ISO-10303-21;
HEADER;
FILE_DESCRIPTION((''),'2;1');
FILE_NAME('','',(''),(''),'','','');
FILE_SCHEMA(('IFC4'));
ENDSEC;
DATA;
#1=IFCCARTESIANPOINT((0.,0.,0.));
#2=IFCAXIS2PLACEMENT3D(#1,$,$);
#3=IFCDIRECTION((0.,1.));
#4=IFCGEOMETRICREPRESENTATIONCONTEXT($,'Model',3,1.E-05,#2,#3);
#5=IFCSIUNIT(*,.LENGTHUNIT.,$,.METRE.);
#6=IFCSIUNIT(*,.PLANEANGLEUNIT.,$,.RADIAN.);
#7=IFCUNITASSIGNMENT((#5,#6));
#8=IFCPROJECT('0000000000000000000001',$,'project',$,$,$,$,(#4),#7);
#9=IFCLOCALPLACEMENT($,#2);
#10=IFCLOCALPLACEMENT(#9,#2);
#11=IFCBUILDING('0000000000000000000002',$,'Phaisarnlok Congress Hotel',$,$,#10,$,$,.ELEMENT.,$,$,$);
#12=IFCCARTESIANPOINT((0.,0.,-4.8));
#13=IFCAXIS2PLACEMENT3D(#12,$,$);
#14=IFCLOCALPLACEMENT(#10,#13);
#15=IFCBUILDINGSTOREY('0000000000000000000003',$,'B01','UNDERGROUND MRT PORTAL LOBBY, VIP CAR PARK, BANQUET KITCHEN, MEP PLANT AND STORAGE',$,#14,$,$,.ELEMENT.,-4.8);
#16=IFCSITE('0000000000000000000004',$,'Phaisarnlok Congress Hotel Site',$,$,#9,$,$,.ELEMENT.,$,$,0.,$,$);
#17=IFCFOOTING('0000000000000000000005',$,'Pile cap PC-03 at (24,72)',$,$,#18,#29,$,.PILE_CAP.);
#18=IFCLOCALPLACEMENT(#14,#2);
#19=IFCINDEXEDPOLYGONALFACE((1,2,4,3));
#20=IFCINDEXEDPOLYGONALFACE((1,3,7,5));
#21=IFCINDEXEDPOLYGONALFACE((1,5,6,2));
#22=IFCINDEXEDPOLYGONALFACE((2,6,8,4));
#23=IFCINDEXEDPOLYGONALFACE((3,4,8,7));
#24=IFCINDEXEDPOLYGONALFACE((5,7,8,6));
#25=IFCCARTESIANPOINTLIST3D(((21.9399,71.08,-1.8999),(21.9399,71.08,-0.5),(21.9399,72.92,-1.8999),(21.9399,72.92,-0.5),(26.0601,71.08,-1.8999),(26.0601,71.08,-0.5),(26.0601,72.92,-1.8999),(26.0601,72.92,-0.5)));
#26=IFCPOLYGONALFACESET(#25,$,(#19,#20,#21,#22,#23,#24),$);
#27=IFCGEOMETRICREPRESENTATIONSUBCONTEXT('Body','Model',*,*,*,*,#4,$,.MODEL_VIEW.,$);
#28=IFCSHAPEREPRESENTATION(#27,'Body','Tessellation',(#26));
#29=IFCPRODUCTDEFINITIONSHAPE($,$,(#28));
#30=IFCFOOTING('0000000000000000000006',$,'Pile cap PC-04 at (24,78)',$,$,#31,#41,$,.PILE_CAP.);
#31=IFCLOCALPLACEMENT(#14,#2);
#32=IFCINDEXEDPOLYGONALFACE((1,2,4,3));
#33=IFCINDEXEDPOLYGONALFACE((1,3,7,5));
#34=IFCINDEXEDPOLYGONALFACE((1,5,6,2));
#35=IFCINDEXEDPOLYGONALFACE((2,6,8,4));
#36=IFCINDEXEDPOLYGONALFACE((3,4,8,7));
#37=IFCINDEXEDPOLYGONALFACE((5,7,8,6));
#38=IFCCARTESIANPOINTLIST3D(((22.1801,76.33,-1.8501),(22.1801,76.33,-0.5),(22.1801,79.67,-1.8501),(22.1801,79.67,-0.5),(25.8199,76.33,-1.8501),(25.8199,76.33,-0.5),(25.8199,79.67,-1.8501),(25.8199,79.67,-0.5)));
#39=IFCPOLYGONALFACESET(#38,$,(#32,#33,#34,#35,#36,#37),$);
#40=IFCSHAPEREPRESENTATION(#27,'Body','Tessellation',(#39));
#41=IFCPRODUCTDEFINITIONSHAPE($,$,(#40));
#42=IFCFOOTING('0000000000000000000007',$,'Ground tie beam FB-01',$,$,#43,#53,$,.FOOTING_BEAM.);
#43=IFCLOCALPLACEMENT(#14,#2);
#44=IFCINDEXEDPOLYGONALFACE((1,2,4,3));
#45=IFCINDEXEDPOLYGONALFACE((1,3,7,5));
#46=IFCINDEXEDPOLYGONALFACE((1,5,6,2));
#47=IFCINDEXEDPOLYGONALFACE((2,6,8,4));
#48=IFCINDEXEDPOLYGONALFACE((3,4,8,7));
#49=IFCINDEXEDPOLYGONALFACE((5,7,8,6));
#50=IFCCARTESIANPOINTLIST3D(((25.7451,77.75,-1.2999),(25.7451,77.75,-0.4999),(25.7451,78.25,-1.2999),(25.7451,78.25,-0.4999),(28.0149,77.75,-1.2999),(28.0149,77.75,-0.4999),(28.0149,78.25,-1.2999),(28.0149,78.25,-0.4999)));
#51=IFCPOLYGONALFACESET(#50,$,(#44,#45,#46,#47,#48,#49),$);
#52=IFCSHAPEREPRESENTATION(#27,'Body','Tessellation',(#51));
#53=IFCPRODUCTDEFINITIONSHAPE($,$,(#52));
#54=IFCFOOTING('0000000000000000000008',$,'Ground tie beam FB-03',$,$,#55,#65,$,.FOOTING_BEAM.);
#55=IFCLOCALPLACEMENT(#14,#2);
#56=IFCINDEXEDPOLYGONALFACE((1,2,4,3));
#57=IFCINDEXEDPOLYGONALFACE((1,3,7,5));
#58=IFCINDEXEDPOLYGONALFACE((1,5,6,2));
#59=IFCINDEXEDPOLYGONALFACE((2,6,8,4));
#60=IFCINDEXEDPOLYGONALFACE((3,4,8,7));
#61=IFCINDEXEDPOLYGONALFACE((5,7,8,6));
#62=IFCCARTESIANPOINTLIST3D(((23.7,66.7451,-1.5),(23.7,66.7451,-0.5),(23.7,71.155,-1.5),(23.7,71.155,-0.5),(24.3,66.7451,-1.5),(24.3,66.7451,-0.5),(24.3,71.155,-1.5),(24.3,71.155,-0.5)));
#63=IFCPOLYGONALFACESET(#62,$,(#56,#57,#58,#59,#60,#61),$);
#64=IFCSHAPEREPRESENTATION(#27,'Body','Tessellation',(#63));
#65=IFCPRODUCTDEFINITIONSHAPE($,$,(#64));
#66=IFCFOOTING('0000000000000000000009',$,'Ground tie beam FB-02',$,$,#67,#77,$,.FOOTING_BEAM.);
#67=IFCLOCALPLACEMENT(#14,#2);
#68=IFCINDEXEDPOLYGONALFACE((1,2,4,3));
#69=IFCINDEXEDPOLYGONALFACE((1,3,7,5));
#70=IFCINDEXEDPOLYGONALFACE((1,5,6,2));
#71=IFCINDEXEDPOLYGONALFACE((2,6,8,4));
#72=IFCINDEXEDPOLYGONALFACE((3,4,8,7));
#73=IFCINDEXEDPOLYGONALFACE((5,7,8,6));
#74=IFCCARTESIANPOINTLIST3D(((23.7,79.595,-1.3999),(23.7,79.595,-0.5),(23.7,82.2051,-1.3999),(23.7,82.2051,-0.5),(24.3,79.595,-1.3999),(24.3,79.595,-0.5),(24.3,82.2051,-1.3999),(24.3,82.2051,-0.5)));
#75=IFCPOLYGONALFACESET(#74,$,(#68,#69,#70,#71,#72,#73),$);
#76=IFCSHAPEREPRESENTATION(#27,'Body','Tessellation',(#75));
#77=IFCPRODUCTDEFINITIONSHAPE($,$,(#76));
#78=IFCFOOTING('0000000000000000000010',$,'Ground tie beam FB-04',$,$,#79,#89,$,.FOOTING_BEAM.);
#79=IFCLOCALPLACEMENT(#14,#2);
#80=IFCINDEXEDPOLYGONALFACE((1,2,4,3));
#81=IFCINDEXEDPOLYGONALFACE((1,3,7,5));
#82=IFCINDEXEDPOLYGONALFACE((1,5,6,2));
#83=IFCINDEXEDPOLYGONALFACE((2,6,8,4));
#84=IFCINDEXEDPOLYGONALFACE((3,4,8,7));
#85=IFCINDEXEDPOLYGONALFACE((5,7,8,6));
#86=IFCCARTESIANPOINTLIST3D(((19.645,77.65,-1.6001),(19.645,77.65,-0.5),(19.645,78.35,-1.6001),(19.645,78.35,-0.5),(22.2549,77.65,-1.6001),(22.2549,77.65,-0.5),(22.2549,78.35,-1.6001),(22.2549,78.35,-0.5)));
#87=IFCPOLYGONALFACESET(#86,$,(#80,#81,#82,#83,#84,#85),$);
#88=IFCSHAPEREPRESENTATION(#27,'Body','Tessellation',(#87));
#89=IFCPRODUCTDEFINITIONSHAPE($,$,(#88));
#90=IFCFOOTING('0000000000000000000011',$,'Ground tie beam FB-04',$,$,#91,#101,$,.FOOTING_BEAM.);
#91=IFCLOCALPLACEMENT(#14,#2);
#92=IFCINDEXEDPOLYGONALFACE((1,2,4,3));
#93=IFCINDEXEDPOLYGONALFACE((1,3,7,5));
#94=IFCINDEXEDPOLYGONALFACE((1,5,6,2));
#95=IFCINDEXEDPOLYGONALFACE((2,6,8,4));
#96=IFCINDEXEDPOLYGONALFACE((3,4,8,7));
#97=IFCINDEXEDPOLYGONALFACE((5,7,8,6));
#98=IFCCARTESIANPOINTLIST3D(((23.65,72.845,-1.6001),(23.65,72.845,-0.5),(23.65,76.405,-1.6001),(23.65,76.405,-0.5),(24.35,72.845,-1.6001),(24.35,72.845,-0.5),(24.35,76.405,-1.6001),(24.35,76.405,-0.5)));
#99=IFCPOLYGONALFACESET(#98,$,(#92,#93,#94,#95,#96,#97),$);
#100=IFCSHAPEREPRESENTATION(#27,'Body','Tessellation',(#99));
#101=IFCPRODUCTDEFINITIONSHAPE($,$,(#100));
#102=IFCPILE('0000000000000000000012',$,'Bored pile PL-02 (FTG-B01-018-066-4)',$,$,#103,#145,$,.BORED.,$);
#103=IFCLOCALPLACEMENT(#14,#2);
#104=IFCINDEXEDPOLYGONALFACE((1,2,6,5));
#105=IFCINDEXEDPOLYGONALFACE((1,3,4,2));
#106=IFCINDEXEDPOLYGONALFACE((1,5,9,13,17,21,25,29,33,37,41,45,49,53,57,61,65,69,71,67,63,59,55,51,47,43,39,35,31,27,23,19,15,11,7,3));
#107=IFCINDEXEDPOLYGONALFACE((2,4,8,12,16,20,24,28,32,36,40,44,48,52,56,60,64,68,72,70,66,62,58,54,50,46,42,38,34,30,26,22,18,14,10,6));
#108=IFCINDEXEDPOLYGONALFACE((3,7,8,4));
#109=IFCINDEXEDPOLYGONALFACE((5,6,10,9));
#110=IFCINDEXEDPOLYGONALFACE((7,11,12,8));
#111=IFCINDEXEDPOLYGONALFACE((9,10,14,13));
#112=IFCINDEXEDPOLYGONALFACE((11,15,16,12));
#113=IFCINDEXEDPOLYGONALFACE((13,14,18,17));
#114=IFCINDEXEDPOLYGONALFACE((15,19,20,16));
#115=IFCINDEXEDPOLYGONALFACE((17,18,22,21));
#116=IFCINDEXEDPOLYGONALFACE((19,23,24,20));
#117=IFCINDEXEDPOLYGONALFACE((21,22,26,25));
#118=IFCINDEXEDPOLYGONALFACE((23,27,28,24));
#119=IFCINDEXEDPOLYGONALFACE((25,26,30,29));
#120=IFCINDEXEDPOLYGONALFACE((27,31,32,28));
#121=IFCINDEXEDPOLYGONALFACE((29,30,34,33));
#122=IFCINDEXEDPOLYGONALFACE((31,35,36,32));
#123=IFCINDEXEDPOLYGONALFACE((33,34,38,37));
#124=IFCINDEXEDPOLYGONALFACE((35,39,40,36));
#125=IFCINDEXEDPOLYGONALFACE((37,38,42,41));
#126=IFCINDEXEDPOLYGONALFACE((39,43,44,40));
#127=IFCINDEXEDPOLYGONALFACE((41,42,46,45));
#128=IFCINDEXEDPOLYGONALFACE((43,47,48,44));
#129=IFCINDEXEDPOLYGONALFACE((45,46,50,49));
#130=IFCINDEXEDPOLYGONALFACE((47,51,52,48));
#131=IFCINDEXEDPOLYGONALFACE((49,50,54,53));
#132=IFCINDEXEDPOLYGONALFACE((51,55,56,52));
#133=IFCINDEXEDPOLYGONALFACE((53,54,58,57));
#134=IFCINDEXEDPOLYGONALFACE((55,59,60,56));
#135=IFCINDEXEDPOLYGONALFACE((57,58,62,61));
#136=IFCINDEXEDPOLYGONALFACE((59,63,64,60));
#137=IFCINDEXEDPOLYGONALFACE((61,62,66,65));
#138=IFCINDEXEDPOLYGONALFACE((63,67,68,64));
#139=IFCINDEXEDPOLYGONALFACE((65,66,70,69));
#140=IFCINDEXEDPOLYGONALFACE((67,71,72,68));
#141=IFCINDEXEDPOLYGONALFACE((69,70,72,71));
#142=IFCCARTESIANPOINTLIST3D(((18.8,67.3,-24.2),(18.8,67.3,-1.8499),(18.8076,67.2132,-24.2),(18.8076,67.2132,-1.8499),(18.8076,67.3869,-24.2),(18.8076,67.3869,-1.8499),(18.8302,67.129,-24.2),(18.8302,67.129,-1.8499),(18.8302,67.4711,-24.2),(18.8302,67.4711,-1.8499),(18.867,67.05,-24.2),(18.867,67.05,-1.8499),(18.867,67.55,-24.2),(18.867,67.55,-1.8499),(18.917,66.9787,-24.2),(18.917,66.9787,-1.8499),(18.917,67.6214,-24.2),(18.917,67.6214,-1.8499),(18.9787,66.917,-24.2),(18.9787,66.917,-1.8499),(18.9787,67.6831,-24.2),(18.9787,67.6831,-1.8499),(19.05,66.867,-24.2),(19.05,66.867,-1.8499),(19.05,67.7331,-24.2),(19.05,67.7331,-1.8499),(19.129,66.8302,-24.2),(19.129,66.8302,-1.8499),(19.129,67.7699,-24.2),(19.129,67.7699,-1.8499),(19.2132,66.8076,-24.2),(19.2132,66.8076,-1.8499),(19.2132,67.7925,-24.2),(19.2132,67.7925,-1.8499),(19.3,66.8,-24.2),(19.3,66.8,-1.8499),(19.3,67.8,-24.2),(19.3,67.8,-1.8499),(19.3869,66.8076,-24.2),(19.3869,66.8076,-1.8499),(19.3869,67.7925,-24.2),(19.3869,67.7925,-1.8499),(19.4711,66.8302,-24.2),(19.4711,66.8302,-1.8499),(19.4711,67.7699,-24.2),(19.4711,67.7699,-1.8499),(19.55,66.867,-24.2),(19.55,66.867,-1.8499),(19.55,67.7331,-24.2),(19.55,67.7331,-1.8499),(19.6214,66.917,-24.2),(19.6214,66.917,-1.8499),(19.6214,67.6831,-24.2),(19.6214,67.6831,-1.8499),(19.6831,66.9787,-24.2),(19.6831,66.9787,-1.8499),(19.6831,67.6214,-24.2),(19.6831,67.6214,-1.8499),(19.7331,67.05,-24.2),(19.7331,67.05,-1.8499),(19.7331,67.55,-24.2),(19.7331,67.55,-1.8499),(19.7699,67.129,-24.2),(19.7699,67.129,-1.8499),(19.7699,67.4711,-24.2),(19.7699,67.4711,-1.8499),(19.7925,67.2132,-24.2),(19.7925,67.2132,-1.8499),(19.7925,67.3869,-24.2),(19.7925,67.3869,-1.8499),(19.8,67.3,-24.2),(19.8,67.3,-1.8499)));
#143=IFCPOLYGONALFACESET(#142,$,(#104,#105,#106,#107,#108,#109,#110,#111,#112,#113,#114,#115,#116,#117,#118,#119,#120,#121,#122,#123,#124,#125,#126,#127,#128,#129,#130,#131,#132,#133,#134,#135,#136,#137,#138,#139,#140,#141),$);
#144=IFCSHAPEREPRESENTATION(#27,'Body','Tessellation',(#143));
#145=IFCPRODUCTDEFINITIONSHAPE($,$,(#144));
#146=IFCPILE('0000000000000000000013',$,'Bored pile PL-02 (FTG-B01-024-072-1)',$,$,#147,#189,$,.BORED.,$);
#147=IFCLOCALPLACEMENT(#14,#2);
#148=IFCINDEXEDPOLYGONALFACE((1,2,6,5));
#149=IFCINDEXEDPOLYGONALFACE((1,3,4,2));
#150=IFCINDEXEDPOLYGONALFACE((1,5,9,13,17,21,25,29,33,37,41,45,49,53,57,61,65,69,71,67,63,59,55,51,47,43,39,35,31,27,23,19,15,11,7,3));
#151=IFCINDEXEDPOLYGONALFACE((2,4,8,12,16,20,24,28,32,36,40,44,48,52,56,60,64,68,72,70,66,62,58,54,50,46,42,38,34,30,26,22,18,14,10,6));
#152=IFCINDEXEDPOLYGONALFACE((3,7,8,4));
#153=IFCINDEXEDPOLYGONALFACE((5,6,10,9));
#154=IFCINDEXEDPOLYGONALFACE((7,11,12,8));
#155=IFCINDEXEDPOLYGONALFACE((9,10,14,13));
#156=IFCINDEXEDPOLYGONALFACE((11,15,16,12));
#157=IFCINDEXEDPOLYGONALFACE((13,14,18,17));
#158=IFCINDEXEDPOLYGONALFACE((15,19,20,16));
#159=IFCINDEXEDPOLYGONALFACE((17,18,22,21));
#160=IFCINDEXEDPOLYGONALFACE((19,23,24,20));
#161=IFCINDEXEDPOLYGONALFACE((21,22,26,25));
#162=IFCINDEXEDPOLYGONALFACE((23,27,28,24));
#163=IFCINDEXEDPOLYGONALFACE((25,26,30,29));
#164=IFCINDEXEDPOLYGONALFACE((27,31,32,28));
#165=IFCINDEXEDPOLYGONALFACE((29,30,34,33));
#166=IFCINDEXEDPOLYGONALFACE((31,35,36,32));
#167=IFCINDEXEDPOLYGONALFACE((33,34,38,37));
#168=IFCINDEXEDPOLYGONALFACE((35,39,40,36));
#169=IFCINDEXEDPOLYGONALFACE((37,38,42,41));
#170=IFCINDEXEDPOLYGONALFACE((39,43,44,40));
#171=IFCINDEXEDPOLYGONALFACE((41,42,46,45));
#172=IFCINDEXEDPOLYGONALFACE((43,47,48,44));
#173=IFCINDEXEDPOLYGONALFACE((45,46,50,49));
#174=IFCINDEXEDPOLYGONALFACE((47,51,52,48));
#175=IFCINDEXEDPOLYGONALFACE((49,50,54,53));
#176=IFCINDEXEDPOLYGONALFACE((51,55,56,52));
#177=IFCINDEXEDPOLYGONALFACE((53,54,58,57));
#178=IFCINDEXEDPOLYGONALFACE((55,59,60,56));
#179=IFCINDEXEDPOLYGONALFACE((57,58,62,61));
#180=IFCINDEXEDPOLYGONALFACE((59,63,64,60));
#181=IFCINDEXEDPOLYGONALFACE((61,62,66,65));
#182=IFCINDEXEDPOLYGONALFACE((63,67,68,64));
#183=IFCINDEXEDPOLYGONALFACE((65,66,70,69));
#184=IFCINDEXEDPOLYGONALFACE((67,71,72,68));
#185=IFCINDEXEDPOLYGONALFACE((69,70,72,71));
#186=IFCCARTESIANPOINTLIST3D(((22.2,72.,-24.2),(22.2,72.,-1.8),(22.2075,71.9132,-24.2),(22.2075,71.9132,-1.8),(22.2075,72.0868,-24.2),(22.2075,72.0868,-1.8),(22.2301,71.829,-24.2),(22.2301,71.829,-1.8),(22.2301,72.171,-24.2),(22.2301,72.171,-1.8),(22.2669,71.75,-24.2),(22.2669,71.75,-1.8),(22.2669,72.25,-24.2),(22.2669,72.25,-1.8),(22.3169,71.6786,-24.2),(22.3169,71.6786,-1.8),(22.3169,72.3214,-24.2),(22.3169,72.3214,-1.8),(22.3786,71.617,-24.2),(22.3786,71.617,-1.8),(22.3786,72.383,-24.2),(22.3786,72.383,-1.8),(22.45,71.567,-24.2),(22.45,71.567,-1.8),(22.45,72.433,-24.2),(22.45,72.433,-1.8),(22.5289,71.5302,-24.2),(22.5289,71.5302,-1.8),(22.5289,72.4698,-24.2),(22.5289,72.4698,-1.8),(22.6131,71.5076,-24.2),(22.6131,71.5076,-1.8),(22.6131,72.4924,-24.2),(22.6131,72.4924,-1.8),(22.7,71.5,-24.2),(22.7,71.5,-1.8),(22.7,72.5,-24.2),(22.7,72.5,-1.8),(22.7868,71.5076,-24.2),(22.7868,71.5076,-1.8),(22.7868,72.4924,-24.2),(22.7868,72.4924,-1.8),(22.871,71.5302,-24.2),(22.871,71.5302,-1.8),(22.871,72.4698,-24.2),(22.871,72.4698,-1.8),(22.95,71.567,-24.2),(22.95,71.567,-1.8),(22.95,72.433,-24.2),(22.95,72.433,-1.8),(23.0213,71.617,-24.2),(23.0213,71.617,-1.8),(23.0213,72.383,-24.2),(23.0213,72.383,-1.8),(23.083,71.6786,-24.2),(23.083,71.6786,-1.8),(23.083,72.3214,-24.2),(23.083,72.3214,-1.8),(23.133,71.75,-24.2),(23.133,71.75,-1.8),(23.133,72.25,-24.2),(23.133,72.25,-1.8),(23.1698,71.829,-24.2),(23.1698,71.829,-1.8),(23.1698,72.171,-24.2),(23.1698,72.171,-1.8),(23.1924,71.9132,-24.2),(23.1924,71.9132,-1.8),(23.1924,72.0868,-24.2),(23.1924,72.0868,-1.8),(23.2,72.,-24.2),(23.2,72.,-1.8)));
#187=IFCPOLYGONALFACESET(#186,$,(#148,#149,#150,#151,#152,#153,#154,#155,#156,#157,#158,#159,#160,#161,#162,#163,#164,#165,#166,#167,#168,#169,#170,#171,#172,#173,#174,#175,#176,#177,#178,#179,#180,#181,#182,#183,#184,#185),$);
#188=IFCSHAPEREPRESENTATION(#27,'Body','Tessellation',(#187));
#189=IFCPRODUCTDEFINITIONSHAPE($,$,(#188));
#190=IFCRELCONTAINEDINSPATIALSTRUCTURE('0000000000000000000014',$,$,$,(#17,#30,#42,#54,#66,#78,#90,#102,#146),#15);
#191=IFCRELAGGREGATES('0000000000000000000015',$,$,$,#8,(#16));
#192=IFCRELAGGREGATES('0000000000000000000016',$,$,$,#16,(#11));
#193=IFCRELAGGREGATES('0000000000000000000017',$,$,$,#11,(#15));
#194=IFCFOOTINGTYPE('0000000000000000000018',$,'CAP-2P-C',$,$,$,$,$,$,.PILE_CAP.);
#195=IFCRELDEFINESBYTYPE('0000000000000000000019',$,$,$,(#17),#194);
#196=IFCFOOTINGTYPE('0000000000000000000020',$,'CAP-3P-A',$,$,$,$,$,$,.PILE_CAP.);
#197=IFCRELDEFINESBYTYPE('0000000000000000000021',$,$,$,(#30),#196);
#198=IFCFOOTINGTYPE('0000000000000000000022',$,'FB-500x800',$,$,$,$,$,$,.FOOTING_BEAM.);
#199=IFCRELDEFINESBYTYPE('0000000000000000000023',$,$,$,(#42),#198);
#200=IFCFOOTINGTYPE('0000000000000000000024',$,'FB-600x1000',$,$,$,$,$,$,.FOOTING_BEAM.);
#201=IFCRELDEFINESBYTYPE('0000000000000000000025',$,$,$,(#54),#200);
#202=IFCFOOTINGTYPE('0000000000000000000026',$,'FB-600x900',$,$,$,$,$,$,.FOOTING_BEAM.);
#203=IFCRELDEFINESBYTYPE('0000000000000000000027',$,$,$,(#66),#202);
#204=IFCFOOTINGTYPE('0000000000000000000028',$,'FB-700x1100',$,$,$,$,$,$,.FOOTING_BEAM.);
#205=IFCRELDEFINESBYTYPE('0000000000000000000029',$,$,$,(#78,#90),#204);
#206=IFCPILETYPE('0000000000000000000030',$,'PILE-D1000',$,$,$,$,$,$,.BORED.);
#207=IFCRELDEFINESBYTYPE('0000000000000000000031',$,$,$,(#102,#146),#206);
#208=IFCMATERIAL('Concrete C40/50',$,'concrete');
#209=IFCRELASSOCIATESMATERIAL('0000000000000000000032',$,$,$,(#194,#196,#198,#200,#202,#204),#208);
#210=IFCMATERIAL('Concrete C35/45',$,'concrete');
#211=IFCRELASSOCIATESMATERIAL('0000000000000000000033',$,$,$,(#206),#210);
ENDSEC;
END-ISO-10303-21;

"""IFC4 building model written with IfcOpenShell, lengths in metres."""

from ifc_helpers import new_model, si_unit, direction, frame, origin, origin_2d, place, context, subcontext, project, spatial, rectangle, circle, extrude, material, material_profile, profile_set, type_object, element, save


model = new_model("IFC4")

# Units and contexts
model_context = context("Model", 3, precision=1e-05, world=origin(), true_north=direction((0.0, 1.0)))
body_context = subcontext(model_context, "Body", "Model", "MODEL_VIEW")
ifc_project = project(units=[si_unit("LENGTHUNIT", "METRE"), si_unit("PLANEANGLEUNIT", "RADIAN")], contexts=[model_context])

# Site, building, storey
site_placement = place(None, origin())
site = spatial("IfcSite", under=ifc_project, at=site_placement, Name="Phaisarnlok Congress Hotel Site", CompositionType="ELEMENT", RefElevation=0.0)
building_placement = place(site_placement, origin())
building = spatial("IfcBuilding", under=site, at=building_placement, Name="Phaisarnlok Congress Hotel", CompositionType="ELEMENT")
storey_placement = place(building_placement, frame((0.0, 0.0, -4.8)))
storey = spatial("IfcBuildingStorey", under=building, at=storey_placement, Name="B01", Description="UNDERGROUND MRT PORTAL LOBBY, VIP CAR PARK, BANQUET KITCHEN, MEP PLANT AND STORAGE", CompositionType="ELEMENT", Elevation=-4.8)

# Footings
ifc_material_1 = material(Name="Concrete C40/50", Category="concrete")
footing_type_1 = type_object("IfcFootingType", Name="CAP-2P-C", PredefinedType="PILE_CAP", material=ifc_material_1)
footing_1_placement = place(storey_placement, frame((24.0, 72.0, -1.8999), z_axis=(0.0, 0.0, 1.0), x_axis=(1.0, 0.0, 0.0)))
element("IfcFooting", 1, at=footing_1_placement, inside=storey, type_object=footing_type_1, Name="Pile cap PC-03 at (24,72)", PredefinedType="PILE_CAP", context=body_context, shape_type="SweptSolid", body=[
    extrude(rectangle(XDim=4.1201, YDim=1.8401, at=origin_2d()), origin(), (0.0, 0.0, 1.0), 1.3999),
])
footing_type_2 = type_object("IfcFootingType", Name="CAP-3P-A", PredefinedType="PILE_CAP", material=ifc_material_1)
footing_2_placement = place(storey_placement, frame((24.0, 78.0, -1.8501), z_axis=(0.0, 0.0, 1.0), x_axis=(1.0, 0.0, 0.0)))
element("IfcFooting", 2, at=footing_2_placement, inside=storey, type_object=footing_type_2, Name="Pile cap PC-04 at (24,78)", PredefinedType="PILE_CAP", context=body_context, shape_type="SweptSolid", body=[
    extrude(rectangle(XDim=3.6399, YDim=3.3401, at=origin_2d()), origin(), (0.0, 0.0, 1.0), 1.3501),
])
ifc_material_profile_1 = material_profile(ifc_material_1, rectangle(XDim=0.5, YDim=0.8, at=origin_2d()), Name="FB-500x800")
ifc_profile_set_1 = profile_set([ifc_material_profile_1], Name="Concrete C40/50")
footing_type_3 = type_object("IfcFootingType", Name="FB-500x800", PredefinedType="FOOTING_BEAM", material=ifc_profile_set_1)
footing_3_placement = place(storey_placement, frame((25.7451, 78.0, -0.8999), z_axis=(1.0, 0.0, 0.0), x_axis=(0.0, 1.0, 0.0)))
element("IfcFooting", 3, at=footing_3_placement, inside=storey, type_object=footing_type_3, Name="Ground tie beam FB-01", PredefinedType="FOOTING_BEAM", context=body_context, shape_type="SweptSolid", body=[
    extrude(rectangle(XDim=0.5, YDim=0.8, at=origin_2d()), origin(), (0.0, 0.0, 1.0), 2.2698),
])
ifc_material_profile_2 = material_profile(ifc_material_1, rectangle(XDim=0.6001, YDim=1.0, at=origin_2d()), Name="FB-600x1000")
ifc_profile_set_2 = profile_set([ifc_material_profile_2], Name="Concrete C40/50")
footing_type_4 = type_object("IfcFootingType", Name="FB-600x1000", PredefinedType="FOOTING_BEAM", material=ifc_profile_set_2)
footing_4_placement = place(storey_placement, frame((24.0, 66.7451, -1.0), z_axis=(0.0, 1.0, 0.0), x_axis=(-1.0, 0.0, 0.0)))
element("IfcFooting", 4, at=footing_4_placement, inside=storey, type_object=footing_type_4, Name="Ground tie beam FB-03", PredefinedType="FOOTING_BEAM", context=body_context, shape_type="SweptSolid", body=[
    extrude(rectangle(XDim=0.6001, YDim=1.0, at=origin_2d()), origin(), (0.0, 0.0, 1.0), 4.4099),
])
ifc_material_profile_3 = material_profile(ifc_material_1, rectangle(XDim=0.6001, YDim=0.8999, at=origin_2d()), Name="FB-600x900")
ifc_profile_set_3 = profile_set([ifc_material_profile_3], Name="Concrete C40/50")
footing_type_5 = type_object("IfcFootingType", Name="FB-600x900", PredefinedType="FOOTING_BEAM", material=ifc_profile_set_3)
footing_5_placement = place(storey_placement, frame((24.0, 79.595, -0.95), z_axis=(0.0, 1.0, 0.0), x_axis=(-1.0, 0.0, 0.0)))
element("IfcFooting", 5, at=footing_5_placement, inside=storey, type_object=footing_type_5, Name="Ground tie beam FB-02", PredefinedType="FOOTING_BEAM", context=body_context, shape_type="SweptSolid", body=[
    extrude(rectangle(XDim=0.6001, YDim=0.8999, at=origin_2d()), origin(), (0.0, 0.0, 1.0), 2.6101),
])
ifc_material_profile_4 = material_profile(ifc_material_1, rectangle(XDim=0.7, YDim=1.1001, at=origin_2d()), Name="FB-700x1100")
ifc_profile_set_4 = profile_set([ifc_material_profile_4], Name="Concrete C40/50")
footing_type_6 = type_object("IfcFootingType", Name="FB-700x1100", PredefinedType="FOOTING_BEAM", material=ifc_profile_set_4)
footing_6_placement = place(storey_placement, frame((19.645, 78.0, -1.05), z_axis=(1.0, 0.0, 0.0), x_axis=(0.0, 1.0, 0.0)))
element("IfcFooting", 6, at=footing_6_placement, inside=storey, type_object=footing_type_6, Name="Ground tie beam FB-04", PredefinedType="FOOTING_BEAM", context=body_context, shape_type="SweptSolid", body=[
    extrude(rectangle(XDim=0.7, YDim=1.1001, at=origin_2d()), origin(), (0.0, 0.0, 1.0), 2.6099),
])
footing_7_placement = place(storey_placement, frame((24.0, 72.845, -1.05), z_axis=(0.0, 1.0, 0.0), x_axis=(-1.0, 0.0, 0.0)))
element("IfcFooting", 7, at=footing_7_placement, inside=storey, type_object=footing_type_6, Name="Ground tie beam FB-04", PredefinedType="FOOTING_BEAM", context=body_context, shape_type="SweptSolid", body=[
    extrude(rectangle(XDim=0.7, YDim=1.1001, at=origin_2d()), origin(), (0.0, 0.0, 1.0), 3.5601),
])

# Piles
ifc_material_2 = material(Name="Concrete C35/45", Category="concrete")
ifc_material_profile_5 = material_profile(ifc_material_2, circle(Radius=0.5, at=origin_2d()), Name="BORED PILE D1000")
ifc_profile_set_5 = profile_set([ifc_material_profile_5], Name="Concrete C35/45")
pile_type_1 = type_object("IfcPileType", Name="PILE-D1000", PredefinedType="BORED", material=ifc_profile_set_5)
pile_1_placement = place(storey_placement, frame((19.3, 67.3, -1.8499), z_axis=(0.0, 0.0, -1.0), x_axis=(1.0, 0.0, 0.0)))
element("IfcPile", 8, at=pile_1_placement, inside=storey, type_object=pile_type_1, Name="Bored pile PL-02 (FTG-B01-018-066-4)", PredefinedType="BORED", context=body_context, shape_type="SweptSolid", body=[
    extrude(circle(Radius=0.5, at=origin_2d()), origin(), (0.0, 0.0, 1.0), 22.3501),
])
for number, where, z_axis, x_axis, name in (
    (9, (22.7, 72.0, -1.8), (0.0, 0.0, -1.0), (1.0, 0.0, 0.0), "Bored pile PL-02 (FTG-B01-024-072-1)"),
):
    element("IfcPile", number, at=place(storey_placement, frame(where, z_axis=z_axis, x_axis=x_axis)), inside=storey, type_object=pile_type_1, Name=name, PredefinedType="BORED", context=body_context, shape_type="SweptSolid", body=[
        extrude(circle(Radius=0.5, at=origin_2d()), origin(), (0.0, 0.0, 1.0), 22.3999),
    ])

save(model, "model.ifc")
